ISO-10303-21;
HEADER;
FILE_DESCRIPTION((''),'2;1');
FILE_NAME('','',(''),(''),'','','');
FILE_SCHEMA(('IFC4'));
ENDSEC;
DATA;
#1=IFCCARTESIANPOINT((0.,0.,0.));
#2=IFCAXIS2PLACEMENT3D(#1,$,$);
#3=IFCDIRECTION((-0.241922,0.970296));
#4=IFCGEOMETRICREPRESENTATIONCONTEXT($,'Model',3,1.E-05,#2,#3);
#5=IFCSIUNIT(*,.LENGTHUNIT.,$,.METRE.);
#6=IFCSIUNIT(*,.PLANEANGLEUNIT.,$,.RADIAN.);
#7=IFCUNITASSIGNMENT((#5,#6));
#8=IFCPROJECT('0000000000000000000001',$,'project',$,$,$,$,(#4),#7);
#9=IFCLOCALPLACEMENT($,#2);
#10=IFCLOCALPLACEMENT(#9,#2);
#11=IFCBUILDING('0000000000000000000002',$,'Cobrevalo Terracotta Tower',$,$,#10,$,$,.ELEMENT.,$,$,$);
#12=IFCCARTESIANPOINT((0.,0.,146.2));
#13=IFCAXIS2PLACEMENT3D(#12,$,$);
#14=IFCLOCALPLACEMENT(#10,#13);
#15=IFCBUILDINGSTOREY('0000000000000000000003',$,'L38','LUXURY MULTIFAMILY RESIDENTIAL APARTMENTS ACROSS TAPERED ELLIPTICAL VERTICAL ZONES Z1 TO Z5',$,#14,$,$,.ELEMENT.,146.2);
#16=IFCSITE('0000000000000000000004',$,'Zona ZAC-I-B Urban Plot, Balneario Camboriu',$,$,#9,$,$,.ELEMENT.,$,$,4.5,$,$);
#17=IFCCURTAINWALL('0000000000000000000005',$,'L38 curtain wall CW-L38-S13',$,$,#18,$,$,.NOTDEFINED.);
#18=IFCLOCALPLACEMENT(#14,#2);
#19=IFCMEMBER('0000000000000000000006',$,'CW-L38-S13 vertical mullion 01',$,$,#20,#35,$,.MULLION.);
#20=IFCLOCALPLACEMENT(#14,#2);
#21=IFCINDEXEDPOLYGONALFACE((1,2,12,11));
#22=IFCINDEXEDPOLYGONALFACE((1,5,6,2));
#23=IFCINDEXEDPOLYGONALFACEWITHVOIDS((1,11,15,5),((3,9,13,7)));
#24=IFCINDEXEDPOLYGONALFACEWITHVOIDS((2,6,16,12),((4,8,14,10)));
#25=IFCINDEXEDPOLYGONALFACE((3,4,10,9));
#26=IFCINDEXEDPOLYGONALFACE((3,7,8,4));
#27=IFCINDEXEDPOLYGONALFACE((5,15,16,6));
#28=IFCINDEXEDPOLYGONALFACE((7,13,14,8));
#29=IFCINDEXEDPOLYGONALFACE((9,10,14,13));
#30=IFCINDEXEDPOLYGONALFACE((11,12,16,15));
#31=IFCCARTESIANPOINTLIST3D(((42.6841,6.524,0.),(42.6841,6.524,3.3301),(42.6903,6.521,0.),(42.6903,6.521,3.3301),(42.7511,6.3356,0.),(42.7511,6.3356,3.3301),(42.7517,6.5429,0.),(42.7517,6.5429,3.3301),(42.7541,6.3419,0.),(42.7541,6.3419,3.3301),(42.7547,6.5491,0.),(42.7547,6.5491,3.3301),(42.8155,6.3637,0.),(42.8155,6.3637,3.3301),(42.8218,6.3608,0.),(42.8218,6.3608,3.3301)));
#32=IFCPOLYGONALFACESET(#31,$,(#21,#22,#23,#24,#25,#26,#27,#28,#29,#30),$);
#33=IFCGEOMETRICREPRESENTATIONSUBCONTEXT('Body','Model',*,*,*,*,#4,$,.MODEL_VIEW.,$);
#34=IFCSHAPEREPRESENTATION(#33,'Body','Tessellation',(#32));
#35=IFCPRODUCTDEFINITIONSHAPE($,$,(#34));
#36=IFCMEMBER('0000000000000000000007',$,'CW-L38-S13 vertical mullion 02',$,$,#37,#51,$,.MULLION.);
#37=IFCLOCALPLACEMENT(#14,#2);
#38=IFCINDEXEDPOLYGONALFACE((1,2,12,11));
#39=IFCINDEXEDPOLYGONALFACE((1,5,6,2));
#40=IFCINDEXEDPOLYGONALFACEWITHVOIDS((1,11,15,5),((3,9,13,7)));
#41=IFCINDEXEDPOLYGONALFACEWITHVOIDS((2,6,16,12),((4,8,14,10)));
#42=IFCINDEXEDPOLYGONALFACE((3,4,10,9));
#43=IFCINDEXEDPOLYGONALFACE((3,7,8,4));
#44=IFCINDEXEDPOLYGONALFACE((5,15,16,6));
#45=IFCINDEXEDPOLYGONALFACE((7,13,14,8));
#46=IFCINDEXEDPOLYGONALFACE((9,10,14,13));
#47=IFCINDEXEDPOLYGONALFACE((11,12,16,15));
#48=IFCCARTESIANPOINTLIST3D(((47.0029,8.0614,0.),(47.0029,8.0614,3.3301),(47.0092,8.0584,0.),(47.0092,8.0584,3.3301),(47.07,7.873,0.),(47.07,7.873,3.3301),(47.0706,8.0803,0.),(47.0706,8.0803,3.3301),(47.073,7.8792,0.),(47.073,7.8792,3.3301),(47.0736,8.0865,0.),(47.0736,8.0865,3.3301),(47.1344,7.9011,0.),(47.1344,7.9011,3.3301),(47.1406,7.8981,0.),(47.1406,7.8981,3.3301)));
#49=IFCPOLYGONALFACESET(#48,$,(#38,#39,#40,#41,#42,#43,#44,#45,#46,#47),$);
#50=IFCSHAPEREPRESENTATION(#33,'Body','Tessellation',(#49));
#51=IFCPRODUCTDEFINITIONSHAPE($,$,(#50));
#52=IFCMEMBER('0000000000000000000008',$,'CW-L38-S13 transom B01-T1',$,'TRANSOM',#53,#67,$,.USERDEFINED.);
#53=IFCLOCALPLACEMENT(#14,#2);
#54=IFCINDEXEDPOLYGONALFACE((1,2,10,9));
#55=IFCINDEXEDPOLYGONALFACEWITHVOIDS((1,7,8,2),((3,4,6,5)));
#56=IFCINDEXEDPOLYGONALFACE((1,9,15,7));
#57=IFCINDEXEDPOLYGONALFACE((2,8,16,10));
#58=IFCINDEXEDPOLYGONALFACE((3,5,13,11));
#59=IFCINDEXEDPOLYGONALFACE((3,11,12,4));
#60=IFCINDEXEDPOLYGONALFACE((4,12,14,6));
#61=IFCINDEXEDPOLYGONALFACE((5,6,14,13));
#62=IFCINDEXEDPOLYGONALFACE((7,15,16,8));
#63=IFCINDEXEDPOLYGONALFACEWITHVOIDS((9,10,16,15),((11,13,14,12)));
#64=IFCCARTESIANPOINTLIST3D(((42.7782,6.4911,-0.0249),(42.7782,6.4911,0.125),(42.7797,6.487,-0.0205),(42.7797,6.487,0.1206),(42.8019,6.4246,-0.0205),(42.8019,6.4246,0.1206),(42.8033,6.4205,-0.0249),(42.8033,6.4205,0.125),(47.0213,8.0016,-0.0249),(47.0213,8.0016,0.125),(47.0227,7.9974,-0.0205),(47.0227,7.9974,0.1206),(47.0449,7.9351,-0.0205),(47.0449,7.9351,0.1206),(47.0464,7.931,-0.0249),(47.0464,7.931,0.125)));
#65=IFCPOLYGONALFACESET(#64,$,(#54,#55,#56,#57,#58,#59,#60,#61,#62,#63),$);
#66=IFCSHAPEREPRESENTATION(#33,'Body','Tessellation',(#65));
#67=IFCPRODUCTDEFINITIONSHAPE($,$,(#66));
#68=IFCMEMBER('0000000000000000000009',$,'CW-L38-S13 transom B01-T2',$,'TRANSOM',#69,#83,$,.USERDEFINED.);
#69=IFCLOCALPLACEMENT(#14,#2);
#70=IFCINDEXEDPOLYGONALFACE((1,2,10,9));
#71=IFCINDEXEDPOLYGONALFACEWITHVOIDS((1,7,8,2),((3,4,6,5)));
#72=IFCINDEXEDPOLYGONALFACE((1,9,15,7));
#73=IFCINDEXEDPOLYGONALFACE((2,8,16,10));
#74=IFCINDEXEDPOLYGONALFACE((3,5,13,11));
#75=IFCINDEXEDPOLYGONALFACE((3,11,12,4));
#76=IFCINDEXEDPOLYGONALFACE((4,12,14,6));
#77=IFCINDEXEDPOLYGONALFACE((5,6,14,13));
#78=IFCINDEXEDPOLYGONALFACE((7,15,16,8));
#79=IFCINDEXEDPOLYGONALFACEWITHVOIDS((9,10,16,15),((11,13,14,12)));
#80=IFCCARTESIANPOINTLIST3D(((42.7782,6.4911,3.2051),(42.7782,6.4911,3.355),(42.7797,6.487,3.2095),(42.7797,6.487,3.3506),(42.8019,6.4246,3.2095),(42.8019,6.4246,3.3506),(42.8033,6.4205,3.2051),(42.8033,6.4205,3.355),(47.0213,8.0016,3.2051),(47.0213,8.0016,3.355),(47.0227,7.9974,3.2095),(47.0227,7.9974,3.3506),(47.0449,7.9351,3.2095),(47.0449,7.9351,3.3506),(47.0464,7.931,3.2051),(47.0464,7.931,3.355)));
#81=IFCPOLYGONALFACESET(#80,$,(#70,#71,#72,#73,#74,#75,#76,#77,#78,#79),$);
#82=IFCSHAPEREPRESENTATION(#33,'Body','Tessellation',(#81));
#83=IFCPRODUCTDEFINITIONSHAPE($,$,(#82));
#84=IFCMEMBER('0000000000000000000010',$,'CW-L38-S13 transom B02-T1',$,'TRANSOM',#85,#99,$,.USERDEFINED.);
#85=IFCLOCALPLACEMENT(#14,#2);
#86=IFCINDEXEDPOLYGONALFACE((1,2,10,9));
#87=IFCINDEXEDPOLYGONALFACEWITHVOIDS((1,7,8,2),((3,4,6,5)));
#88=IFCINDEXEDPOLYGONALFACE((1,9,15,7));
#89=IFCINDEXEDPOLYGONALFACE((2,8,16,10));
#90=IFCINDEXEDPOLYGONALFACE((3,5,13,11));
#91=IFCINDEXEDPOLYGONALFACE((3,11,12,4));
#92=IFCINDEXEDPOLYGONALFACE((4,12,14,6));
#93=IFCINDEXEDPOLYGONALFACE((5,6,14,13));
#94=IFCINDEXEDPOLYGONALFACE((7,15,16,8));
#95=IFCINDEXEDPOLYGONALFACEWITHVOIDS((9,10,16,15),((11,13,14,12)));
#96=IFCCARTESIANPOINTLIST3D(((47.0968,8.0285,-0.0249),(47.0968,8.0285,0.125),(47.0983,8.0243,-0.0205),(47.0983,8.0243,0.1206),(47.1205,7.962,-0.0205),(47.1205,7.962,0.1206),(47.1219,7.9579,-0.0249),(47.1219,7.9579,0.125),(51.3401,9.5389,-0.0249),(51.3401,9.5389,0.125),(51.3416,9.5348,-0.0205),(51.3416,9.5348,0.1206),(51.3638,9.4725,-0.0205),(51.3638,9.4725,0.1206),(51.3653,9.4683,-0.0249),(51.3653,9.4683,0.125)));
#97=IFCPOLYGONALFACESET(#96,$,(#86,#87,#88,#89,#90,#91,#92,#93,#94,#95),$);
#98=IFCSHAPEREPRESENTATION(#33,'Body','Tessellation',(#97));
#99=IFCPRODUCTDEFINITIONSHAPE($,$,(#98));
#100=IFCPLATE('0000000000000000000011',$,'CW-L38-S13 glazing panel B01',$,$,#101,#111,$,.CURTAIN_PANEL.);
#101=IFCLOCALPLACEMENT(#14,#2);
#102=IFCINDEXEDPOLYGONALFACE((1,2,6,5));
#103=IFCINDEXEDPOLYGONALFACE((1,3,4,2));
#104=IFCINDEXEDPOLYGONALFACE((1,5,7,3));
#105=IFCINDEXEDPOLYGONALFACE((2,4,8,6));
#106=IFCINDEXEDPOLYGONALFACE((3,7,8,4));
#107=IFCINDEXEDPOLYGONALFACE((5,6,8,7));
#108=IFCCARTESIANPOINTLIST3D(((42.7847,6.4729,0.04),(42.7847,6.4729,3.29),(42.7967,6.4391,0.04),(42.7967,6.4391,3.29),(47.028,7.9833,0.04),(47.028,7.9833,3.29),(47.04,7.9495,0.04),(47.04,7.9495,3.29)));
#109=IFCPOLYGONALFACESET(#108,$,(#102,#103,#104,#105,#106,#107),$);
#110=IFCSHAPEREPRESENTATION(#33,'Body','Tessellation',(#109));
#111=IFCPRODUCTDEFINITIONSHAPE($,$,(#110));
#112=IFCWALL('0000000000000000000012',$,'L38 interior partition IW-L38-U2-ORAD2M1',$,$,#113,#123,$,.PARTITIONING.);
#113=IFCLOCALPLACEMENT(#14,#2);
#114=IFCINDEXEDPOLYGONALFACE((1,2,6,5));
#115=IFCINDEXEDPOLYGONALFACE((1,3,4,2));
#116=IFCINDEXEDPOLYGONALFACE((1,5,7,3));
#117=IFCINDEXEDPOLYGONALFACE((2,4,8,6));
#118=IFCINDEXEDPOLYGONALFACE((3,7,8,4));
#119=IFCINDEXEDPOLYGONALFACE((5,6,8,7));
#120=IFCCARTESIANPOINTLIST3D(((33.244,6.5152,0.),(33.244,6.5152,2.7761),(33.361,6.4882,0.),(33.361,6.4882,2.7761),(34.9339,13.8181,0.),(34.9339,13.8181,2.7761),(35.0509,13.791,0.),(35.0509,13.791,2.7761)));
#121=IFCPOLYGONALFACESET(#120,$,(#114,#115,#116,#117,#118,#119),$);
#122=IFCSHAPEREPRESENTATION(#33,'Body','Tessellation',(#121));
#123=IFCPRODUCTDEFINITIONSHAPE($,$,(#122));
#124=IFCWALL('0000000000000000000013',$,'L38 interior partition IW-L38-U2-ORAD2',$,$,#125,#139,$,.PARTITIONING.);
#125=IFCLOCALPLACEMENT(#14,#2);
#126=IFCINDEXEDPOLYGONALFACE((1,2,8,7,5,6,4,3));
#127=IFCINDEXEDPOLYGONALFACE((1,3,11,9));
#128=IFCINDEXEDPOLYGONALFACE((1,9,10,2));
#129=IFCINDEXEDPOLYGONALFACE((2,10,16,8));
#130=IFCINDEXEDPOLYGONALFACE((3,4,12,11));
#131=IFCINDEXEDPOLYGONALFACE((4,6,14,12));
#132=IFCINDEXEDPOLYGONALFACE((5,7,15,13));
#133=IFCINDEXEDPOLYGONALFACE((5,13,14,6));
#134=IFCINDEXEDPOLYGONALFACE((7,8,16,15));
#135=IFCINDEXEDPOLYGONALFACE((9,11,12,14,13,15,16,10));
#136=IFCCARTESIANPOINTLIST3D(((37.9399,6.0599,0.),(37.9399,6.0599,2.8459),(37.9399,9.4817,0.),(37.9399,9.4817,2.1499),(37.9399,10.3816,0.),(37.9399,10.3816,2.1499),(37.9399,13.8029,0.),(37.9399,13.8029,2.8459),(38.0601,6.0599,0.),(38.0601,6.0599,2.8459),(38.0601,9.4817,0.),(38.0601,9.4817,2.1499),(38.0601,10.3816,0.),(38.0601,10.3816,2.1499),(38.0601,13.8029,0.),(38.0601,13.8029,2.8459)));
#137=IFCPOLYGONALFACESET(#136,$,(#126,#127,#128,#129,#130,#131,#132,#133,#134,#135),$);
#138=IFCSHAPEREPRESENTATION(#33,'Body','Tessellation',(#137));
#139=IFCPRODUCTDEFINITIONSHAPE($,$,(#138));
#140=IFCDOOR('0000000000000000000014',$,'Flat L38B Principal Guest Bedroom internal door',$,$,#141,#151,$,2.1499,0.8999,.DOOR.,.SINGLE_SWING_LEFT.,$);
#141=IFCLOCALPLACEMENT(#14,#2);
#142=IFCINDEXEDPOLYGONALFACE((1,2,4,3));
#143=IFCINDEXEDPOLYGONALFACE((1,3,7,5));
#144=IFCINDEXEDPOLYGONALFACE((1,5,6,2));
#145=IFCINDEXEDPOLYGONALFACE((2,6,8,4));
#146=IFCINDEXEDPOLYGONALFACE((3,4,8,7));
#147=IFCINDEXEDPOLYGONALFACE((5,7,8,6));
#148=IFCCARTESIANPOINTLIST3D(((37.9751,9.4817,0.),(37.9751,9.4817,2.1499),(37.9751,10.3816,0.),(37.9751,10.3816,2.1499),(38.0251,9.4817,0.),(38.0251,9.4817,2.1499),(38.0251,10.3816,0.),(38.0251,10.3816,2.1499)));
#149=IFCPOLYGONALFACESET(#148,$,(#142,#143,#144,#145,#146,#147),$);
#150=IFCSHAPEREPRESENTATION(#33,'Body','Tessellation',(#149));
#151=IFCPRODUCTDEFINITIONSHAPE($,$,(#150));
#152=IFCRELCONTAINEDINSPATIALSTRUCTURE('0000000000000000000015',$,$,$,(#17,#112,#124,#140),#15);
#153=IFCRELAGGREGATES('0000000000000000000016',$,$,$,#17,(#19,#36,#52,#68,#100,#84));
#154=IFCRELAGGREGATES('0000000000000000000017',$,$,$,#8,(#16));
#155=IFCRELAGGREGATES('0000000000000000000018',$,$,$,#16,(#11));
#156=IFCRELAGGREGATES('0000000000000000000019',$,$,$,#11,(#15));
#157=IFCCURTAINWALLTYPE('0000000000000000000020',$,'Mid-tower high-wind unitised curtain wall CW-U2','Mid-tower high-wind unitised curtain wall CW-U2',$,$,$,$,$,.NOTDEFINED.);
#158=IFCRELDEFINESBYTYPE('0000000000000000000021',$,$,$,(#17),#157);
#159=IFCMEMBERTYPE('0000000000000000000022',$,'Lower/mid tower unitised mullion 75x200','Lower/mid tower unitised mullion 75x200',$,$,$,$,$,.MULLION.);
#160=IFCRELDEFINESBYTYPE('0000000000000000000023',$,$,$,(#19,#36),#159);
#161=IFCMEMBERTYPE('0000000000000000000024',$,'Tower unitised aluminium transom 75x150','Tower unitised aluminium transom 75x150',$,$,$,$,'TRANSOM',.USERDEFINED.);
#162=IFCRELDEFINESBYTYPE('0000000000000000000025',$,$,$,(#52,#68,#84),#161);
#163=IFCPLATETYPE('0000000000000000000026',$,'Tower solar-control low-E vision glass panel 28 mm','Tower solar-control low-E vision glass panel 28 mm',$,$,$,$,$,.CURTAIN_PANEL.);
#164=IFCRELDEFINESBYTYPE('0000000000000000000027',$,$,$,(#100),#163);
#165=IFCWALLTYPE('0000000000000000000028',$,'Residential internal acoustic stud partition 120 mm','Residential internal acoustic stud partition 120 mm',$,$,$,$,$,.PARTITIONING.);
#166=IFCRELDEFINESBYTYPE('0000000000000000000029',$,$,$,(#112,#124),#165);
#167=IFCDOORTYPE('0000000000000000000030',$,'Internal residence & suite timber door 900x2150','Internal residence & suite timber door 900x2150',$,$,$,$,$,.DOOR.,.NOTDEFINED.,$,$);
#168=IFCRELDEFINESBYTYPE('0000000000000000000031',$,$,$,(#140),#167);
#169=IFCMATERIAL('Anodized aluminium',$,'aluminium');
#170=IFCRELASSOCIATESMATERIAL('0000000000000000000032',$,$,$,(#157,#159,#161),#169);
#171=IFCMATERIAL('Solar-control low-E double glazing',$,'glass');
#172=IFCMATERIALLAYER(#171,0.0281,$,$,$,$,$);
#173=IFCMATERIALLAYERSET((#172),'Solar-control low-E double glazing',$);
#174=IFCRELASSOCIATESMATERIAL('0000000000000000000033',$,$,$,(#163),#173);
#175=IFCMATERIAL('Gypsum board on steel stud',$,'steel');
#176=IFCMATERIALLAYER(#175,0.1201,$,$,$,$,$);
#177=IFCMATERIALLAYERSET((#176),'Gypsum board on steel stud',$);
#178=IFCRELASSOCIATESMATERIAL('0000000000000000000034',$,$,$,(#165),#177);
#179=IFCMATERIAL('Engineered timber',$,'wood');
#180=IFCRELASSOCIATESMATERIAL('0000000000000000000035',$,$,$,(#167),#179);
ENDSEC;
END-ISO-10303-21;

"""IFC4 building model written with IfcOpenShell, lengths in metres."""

from ifc_helpers import new_model, si_unit, direction, frame, frame_2d, origin, origin_2d, place, context, subcontext, project, spatial, rectangle, hollow_rectangle, extrude, source, transform, mapped, material, layer, layer_set, material_profile, profile_set, type_object, element, fill, aggregate, save


model = new_model("IFC4")

# Units and contexts
model_context = context("Model", 3, precision=1e-05, world=origin(), true_north=direction((-0.241922, 0.970296)))
body_context = subcontext(model_context, "Body", "Model", "MODEL_VIEW")
ifc_project = project(units=[si_unit("LENGTHUNIT", "METRE"), si_unit("PLANEANGLEUNIT", "RADIAN")], contexts=[model_context])

# Site, building, storey
site_placement = place(None, origin())
site = spatial("IfcSite", under=ifc_project, at=site_placement, Name="Zona ZAC-I-B Urban Plot, Balneario Camboriu", CompositionType="ELEMENT", RefElevation=4.5)
building_placement = place(site_placement, origin())
building = spatial("IfcBuilding", under=site, at=building_placement, Name="Cobrevalo Terracotta Tower", CompositionType="ELEMENT")
storey_placement = place(building_placement, frame((0.0, 0.0, 146.2)))
storey = spatial("IfcBuildingStorey", under=building, at=storey_placement, Name="L38", Description="LUXURY MULTIFAMILY RESIDENTIAL APARTMENTS ACROSS TAPERED ELLIPTICAL VERTICAL ZONES Z1 TO Z5", CompositionType="ELEMENT", Elevation=146.2)

# Curtain wall, members, plate
ifc_material_1 = material(Name="Anodized aluminium", Category="aluminium")
curtain_wall_type = type_object("IfcCurtainWallType", Name="Mid-tower high-wind unitised curtain wall CW-U2", Description="Mid-tower high-wind unitised curtain wall CW-U2", PredefinedType="NOTDEFINED", material=ifc_material_1)
curtain_wall_placement = place(storey_placement, origin())
curtain_wall = element("IfcCurtainWall", 1, at=curtain_wall_placement, inside=storey, type_object=curtain_wall_type, Name="L38 curtain wall CW-L38-S13", PredefinedType="NOTDEFINED")
ifc_material_profile_1 = material_profile(ifc_material_1, hollow_rectangle(XDim=0.075, YDim=0.2, WallThickness=0.0049, at=origin_2d()), Name="CWM 75x200")
ifc_profile_set_1 = profile_set([ifc_material_profile_1], Name="Anodized aluminium")
member_type_1 = type_object("IfcMemberType", Name="Lower/mid tower unitised mullion 75x200", Description="Lower/mid tower unitised mullion 75x200", PredefinedType="MULLION", material=ifc_profile_set_1)
shared_shape_1 = source(origin(), body_context, "Body", "SweptSolid", [
    extrude(hollow_rectangle(XDim=0.075, YDim=0.2, WallThickness=0.0049, at=origin_2d()), origin(), (0.0, 0.0, 1.0), 3.3301),
])
member_1_placement = place(storey_placement, frame((42.7529, 6.4424, 0.0), z_axis=(0.0, 0.0, 1.0), x_axis=(0.942098, 0.335336, 0.0)))
member_1 = element("IfcMember", 2, at=member_1_placement, type_object=member_type_1, Name="CW-L38-S13 vertical mullion 01", PredefinedType="MULLION", context=body_context, shape_type="MappedRepresentation", body=[
    mapped(shared_shape_1, transform((0.0, 0.0, 0.0), scale=1.0)),
])
member_2_placement = place(storey_placement, frame((47.0718, 7.9797, 0.0), z_axis=(0.0, 0.0, 1.0), x_axis=(0.942098, 0.335336, 0.0)))
member_2 = element("IfcMember", 3, at=member_2_placement, type_object=member_type_1, Name="CW-L38-S13 vertical mullion 02", PredefinedType="MULLION", context=body_context, shape_type="MappedRepresentation", body=[
    mapped(shared_shape_1, transform((0.0, 0.0, 0.0), scale=1.0)),
])
ifc_material_profile_2 = material_profile(ifc_material_1, hollow_rectangle(XDim=0.075, YDim=0.1499, WallThickness=0.0044, at=origin_2d()), Name="CWT 75x150")
ifc_profile_set_2 = profile_set([ifc_material_profile_2], Name="Anodized aluminium")
member_type_2 = type_object("IfcMemberType", Name="Tower unitised aluminium transom 75x150", Description="Tower unitised aluminium transom 75x150", ElementType="TRANSOM", PredefinedType="USERDEFINED", material=ifc_profile_set_2)
shared_shape_2 = source(origin(), body_context, "Body", "SweptSolid", [
    extrude(hollow_rectangle(XDim=0.075, YDim=0.1499, WallThickness=0.0044, at=origin_2d()), origin(), (0.0, 0.0, 1.0), 4.5039),
])
member_3_placement = place(storey_placement, frame((42.7908, 6.4558, 0.05), z_axis=(0.942087, 0.335368, 0.0), x_axis=(-0.335368, 0.942087, 0.0)))
member_3 = element("IfcMember", 4, at=member_3_placement, type_object=member_type_2, Name="CW-L38-S13 transom B01-T1", ObjectType="TRANSOM", PredefinedType="USERDEFINED", context=body_context, shape_type="MappedRepresentation", body=[
    mapped(shared_shape_2, transform((0.0, 0.0, 0.0), scale=1.0)),
])
member_4_placement = place(storey_placement, frame((42.7908, 6.4558, 3.28), z_axis=(0.942087, 0.335368, 0.0), x_axis=(-0.335368, 0.942087, 0.0)))
member_4 = element("IfcMember", 5, at=member_4_placement, type_object=member_type_2, Name="CW-L38-S13 transom B01-T2", ObjectType="TRANSOM", PredefinedType="USERDEFINED", context=body_context, shape_type="MappedRepresentation", body=[
    mapped(shared_shape_2, transform((0.0, 0.0, 0.0), scale=1.0)),
])
shared_shape_3 = source(origin(), body_context, "Body", "SweptSolid", [
    extrude(hollow_rectangle(XDim=0.075, YDim=0.1499, WallThickness=0.0044, at=origin_2d()), origin(), (0.0, 0.0, 1.0), 4.5042),
])
member_5_placement = place(storey_placement, frame((47.1094, 7.9932, 0.05), z_axis=(0.942093, 0.335351, 0.0), x_axis=(-0.335351, 0.942093, 0.0)))
member_5 = element("IfcMember", 6, at=member_5_placement, type_object=member_type_2, Name="CW-L38-S13 transom B02-T1", ObjectType="TRANSOM", PredefinedType="USERDEFINED", context=body_context, shape_type="MappedRepresentation", body=[
    mapped(shared_shape_3, transform((0.0, 0.0, 0.0), scale=1.0)),
])
ifc_material_2 = material(Name="Solar-control low-E double glazing", Category="glass")
ifc_layer_1 = layer(ifc_material_2, 0.0281)
ifc_layer_set_1 = layer_set([ifc_layer_1], Name="Solar-control low-E double glazing")
plate_type = type_object("IfcPlateType", Name="Tower solar-control low-E vision glass panel 28 mm", Description="Tower solar-control low-E vision glass panel 28 mm", PredefinedType="CURTAIN_PANEL", material=ifc_layer_set_1)
shared_shape_4 = source(origin(), body_context, "Body", "SweptSolid", [
    extrude(rectangle(XDim=4.5042, YDim=0.0359, at=origin_2d()), origin(), (0.0, 0.0, 1.0), 3.25),
])
plate_placement = place(storey_placement, frame((44.9124, 7.2112, 0.04), z_axis=(0.0, 0.0, 1.0), x_axis=(0.942098, 0.335336, 0.0)))
plate = element("IfcPlate", 7, at=plate_placement, type_object=plate_type, Name="CW-L38-S13 glazing panel B01", PredefinedType="CURTAIN_PANEL", context=body_context, shape_type="MappedRepresentation", body=[
    mapped(shared_shape_4, transform((0.0, 0.0, 0.0), scale=1.0)),
])
aggregate(curtain_wall, [member_1, member_2, member_3, member_4, plate, member_5])

# Wall
ifc_material_3 = material(Name="Gypsum board on steel stud", Category="steel")
ifc_layer_2 = layer(ifc_material_3, 0.1201)
ifc_layer_set_2 = layer_set([ifc_layer_2], Name="Gypsum board on steel stud")
wall_type = type_object("IfcWallType", Name="Residential internal acoustic stud partition 120 mm", Description="Residential internal acoustic stud partition 120 mm", PredefinedType="PARTITIONING", material=ifc_layer_set_2)
wall_1_placement = place(storey_placement, frame((34.9924, 13.8047, 0.0), z_axis=(0.0, 0.0, 1.0), x_axis=(-0.225447, -0.974255, 0.0)))
element("IfcWall", 8, at=wall_1_placement, inside=storey, type_object=wall_type, Name="L38 interior partition IW-L38-U2-ORAD2M1", PredefinedType="PARTITIONING", context=body_context, shape_type="SweptSolid", body=[
    extrude(rectangle(XDim=7.4958, YDim=0.1201, at=frame_2d((3.748, 0.0))), origin(), (0.0, 0.0, 1.0), 2.7761),
])

# Wall, opening, door
wall_2_placement = place(storey_placement, frame((38.0, 13.803, 0.0), z_axis=(0.0, 0.0, 1.0), x_axis=(0.0, -1.0, 0.0)))
wall_2 = element("IfcWall", 9, at=wall_2_placement, inside=storey, type_object=wall_type, Name="L38 interior partition IW-L38-U2-ORAD2", PredefinedType="PARTITIONING", context=body_context, shape_type="SweptSolid", body=[
    extrude(rectangle(XDim=7.7429, YDim=0.1201, at=frame_2d((3.8716, 0.0))), origin(), (0.0, 0.0, 1.0), 2.8459),
])
opening_1_placement = place(wall_2_placement, frame((3.4214, 0.0, 0.0)))
opening_1 = element("IfcOpeningElement", 10, at=opening_1_placement, cuts=wall_2, PredefinedType="OPENING", context=body_context, shape_type="SweptSolid", body=[
    extrude(rectangle(XDim=0.8999, YDim=2.1499, at=frame_2d((0.45, 1.075))), frame((0.0, 0.0701, 0.0), z_axis=(0.0, -1.0, 0.0), x_axis=(1.0, 0.0, 0.0)), (0.0, 0.0, 1.0), 0.1401),
])
ifc_material_4 = material(Name="Engineered timber", Category="wood")
door_type = type_object("IfcDoorType", Name="Internal residence & suite timber door 900x2150", Description="Internal residence & suite timber door 900x2150", OperationType="NOTDEFINED", PredefinedType="DOOR", material=ifc_material_4)
shared_shape_5 = source(origin(), body_context, "Body", "SweptSolid", [
    extrude(rectangle(XDim=0.8999, YDim=2.1499, at=frame_2d((0.45, 1.075))), frame((0.0, 0.0249, 0.0), z_axis=(0.0, -1.0, 0.0), x_axis=(1.0, 0.0, 0.0)), (0.0, 0.0, 1.0), 0.05),
])
door_1_placement = place(opening_1_placement, frame((0.8999, 0.0, 0.0), z_axis=(0.0, 0.0, 1.0), x_axis=(-1.0, 0.0, 0.0)))
door_1 = element("IfcDoor", 11, at=door_1_placement, inside=storey, type_object=door_type, Name="Flat L38B Principal Guest Bedroom internal door", OperationType="SINGLE_SWING_LEFT", OverallHeight=2.1499, OverallWidth=0.8999, PredefinedType="DOOR", context=body_context, shape_type="MappedRepresentation", body=[
    mapped(shared_shape_5, transform((0.0, 0.0, 0.0), scale=1.0)),
])
fill(opening_1, door_1)

save(model, "model.ifc")
